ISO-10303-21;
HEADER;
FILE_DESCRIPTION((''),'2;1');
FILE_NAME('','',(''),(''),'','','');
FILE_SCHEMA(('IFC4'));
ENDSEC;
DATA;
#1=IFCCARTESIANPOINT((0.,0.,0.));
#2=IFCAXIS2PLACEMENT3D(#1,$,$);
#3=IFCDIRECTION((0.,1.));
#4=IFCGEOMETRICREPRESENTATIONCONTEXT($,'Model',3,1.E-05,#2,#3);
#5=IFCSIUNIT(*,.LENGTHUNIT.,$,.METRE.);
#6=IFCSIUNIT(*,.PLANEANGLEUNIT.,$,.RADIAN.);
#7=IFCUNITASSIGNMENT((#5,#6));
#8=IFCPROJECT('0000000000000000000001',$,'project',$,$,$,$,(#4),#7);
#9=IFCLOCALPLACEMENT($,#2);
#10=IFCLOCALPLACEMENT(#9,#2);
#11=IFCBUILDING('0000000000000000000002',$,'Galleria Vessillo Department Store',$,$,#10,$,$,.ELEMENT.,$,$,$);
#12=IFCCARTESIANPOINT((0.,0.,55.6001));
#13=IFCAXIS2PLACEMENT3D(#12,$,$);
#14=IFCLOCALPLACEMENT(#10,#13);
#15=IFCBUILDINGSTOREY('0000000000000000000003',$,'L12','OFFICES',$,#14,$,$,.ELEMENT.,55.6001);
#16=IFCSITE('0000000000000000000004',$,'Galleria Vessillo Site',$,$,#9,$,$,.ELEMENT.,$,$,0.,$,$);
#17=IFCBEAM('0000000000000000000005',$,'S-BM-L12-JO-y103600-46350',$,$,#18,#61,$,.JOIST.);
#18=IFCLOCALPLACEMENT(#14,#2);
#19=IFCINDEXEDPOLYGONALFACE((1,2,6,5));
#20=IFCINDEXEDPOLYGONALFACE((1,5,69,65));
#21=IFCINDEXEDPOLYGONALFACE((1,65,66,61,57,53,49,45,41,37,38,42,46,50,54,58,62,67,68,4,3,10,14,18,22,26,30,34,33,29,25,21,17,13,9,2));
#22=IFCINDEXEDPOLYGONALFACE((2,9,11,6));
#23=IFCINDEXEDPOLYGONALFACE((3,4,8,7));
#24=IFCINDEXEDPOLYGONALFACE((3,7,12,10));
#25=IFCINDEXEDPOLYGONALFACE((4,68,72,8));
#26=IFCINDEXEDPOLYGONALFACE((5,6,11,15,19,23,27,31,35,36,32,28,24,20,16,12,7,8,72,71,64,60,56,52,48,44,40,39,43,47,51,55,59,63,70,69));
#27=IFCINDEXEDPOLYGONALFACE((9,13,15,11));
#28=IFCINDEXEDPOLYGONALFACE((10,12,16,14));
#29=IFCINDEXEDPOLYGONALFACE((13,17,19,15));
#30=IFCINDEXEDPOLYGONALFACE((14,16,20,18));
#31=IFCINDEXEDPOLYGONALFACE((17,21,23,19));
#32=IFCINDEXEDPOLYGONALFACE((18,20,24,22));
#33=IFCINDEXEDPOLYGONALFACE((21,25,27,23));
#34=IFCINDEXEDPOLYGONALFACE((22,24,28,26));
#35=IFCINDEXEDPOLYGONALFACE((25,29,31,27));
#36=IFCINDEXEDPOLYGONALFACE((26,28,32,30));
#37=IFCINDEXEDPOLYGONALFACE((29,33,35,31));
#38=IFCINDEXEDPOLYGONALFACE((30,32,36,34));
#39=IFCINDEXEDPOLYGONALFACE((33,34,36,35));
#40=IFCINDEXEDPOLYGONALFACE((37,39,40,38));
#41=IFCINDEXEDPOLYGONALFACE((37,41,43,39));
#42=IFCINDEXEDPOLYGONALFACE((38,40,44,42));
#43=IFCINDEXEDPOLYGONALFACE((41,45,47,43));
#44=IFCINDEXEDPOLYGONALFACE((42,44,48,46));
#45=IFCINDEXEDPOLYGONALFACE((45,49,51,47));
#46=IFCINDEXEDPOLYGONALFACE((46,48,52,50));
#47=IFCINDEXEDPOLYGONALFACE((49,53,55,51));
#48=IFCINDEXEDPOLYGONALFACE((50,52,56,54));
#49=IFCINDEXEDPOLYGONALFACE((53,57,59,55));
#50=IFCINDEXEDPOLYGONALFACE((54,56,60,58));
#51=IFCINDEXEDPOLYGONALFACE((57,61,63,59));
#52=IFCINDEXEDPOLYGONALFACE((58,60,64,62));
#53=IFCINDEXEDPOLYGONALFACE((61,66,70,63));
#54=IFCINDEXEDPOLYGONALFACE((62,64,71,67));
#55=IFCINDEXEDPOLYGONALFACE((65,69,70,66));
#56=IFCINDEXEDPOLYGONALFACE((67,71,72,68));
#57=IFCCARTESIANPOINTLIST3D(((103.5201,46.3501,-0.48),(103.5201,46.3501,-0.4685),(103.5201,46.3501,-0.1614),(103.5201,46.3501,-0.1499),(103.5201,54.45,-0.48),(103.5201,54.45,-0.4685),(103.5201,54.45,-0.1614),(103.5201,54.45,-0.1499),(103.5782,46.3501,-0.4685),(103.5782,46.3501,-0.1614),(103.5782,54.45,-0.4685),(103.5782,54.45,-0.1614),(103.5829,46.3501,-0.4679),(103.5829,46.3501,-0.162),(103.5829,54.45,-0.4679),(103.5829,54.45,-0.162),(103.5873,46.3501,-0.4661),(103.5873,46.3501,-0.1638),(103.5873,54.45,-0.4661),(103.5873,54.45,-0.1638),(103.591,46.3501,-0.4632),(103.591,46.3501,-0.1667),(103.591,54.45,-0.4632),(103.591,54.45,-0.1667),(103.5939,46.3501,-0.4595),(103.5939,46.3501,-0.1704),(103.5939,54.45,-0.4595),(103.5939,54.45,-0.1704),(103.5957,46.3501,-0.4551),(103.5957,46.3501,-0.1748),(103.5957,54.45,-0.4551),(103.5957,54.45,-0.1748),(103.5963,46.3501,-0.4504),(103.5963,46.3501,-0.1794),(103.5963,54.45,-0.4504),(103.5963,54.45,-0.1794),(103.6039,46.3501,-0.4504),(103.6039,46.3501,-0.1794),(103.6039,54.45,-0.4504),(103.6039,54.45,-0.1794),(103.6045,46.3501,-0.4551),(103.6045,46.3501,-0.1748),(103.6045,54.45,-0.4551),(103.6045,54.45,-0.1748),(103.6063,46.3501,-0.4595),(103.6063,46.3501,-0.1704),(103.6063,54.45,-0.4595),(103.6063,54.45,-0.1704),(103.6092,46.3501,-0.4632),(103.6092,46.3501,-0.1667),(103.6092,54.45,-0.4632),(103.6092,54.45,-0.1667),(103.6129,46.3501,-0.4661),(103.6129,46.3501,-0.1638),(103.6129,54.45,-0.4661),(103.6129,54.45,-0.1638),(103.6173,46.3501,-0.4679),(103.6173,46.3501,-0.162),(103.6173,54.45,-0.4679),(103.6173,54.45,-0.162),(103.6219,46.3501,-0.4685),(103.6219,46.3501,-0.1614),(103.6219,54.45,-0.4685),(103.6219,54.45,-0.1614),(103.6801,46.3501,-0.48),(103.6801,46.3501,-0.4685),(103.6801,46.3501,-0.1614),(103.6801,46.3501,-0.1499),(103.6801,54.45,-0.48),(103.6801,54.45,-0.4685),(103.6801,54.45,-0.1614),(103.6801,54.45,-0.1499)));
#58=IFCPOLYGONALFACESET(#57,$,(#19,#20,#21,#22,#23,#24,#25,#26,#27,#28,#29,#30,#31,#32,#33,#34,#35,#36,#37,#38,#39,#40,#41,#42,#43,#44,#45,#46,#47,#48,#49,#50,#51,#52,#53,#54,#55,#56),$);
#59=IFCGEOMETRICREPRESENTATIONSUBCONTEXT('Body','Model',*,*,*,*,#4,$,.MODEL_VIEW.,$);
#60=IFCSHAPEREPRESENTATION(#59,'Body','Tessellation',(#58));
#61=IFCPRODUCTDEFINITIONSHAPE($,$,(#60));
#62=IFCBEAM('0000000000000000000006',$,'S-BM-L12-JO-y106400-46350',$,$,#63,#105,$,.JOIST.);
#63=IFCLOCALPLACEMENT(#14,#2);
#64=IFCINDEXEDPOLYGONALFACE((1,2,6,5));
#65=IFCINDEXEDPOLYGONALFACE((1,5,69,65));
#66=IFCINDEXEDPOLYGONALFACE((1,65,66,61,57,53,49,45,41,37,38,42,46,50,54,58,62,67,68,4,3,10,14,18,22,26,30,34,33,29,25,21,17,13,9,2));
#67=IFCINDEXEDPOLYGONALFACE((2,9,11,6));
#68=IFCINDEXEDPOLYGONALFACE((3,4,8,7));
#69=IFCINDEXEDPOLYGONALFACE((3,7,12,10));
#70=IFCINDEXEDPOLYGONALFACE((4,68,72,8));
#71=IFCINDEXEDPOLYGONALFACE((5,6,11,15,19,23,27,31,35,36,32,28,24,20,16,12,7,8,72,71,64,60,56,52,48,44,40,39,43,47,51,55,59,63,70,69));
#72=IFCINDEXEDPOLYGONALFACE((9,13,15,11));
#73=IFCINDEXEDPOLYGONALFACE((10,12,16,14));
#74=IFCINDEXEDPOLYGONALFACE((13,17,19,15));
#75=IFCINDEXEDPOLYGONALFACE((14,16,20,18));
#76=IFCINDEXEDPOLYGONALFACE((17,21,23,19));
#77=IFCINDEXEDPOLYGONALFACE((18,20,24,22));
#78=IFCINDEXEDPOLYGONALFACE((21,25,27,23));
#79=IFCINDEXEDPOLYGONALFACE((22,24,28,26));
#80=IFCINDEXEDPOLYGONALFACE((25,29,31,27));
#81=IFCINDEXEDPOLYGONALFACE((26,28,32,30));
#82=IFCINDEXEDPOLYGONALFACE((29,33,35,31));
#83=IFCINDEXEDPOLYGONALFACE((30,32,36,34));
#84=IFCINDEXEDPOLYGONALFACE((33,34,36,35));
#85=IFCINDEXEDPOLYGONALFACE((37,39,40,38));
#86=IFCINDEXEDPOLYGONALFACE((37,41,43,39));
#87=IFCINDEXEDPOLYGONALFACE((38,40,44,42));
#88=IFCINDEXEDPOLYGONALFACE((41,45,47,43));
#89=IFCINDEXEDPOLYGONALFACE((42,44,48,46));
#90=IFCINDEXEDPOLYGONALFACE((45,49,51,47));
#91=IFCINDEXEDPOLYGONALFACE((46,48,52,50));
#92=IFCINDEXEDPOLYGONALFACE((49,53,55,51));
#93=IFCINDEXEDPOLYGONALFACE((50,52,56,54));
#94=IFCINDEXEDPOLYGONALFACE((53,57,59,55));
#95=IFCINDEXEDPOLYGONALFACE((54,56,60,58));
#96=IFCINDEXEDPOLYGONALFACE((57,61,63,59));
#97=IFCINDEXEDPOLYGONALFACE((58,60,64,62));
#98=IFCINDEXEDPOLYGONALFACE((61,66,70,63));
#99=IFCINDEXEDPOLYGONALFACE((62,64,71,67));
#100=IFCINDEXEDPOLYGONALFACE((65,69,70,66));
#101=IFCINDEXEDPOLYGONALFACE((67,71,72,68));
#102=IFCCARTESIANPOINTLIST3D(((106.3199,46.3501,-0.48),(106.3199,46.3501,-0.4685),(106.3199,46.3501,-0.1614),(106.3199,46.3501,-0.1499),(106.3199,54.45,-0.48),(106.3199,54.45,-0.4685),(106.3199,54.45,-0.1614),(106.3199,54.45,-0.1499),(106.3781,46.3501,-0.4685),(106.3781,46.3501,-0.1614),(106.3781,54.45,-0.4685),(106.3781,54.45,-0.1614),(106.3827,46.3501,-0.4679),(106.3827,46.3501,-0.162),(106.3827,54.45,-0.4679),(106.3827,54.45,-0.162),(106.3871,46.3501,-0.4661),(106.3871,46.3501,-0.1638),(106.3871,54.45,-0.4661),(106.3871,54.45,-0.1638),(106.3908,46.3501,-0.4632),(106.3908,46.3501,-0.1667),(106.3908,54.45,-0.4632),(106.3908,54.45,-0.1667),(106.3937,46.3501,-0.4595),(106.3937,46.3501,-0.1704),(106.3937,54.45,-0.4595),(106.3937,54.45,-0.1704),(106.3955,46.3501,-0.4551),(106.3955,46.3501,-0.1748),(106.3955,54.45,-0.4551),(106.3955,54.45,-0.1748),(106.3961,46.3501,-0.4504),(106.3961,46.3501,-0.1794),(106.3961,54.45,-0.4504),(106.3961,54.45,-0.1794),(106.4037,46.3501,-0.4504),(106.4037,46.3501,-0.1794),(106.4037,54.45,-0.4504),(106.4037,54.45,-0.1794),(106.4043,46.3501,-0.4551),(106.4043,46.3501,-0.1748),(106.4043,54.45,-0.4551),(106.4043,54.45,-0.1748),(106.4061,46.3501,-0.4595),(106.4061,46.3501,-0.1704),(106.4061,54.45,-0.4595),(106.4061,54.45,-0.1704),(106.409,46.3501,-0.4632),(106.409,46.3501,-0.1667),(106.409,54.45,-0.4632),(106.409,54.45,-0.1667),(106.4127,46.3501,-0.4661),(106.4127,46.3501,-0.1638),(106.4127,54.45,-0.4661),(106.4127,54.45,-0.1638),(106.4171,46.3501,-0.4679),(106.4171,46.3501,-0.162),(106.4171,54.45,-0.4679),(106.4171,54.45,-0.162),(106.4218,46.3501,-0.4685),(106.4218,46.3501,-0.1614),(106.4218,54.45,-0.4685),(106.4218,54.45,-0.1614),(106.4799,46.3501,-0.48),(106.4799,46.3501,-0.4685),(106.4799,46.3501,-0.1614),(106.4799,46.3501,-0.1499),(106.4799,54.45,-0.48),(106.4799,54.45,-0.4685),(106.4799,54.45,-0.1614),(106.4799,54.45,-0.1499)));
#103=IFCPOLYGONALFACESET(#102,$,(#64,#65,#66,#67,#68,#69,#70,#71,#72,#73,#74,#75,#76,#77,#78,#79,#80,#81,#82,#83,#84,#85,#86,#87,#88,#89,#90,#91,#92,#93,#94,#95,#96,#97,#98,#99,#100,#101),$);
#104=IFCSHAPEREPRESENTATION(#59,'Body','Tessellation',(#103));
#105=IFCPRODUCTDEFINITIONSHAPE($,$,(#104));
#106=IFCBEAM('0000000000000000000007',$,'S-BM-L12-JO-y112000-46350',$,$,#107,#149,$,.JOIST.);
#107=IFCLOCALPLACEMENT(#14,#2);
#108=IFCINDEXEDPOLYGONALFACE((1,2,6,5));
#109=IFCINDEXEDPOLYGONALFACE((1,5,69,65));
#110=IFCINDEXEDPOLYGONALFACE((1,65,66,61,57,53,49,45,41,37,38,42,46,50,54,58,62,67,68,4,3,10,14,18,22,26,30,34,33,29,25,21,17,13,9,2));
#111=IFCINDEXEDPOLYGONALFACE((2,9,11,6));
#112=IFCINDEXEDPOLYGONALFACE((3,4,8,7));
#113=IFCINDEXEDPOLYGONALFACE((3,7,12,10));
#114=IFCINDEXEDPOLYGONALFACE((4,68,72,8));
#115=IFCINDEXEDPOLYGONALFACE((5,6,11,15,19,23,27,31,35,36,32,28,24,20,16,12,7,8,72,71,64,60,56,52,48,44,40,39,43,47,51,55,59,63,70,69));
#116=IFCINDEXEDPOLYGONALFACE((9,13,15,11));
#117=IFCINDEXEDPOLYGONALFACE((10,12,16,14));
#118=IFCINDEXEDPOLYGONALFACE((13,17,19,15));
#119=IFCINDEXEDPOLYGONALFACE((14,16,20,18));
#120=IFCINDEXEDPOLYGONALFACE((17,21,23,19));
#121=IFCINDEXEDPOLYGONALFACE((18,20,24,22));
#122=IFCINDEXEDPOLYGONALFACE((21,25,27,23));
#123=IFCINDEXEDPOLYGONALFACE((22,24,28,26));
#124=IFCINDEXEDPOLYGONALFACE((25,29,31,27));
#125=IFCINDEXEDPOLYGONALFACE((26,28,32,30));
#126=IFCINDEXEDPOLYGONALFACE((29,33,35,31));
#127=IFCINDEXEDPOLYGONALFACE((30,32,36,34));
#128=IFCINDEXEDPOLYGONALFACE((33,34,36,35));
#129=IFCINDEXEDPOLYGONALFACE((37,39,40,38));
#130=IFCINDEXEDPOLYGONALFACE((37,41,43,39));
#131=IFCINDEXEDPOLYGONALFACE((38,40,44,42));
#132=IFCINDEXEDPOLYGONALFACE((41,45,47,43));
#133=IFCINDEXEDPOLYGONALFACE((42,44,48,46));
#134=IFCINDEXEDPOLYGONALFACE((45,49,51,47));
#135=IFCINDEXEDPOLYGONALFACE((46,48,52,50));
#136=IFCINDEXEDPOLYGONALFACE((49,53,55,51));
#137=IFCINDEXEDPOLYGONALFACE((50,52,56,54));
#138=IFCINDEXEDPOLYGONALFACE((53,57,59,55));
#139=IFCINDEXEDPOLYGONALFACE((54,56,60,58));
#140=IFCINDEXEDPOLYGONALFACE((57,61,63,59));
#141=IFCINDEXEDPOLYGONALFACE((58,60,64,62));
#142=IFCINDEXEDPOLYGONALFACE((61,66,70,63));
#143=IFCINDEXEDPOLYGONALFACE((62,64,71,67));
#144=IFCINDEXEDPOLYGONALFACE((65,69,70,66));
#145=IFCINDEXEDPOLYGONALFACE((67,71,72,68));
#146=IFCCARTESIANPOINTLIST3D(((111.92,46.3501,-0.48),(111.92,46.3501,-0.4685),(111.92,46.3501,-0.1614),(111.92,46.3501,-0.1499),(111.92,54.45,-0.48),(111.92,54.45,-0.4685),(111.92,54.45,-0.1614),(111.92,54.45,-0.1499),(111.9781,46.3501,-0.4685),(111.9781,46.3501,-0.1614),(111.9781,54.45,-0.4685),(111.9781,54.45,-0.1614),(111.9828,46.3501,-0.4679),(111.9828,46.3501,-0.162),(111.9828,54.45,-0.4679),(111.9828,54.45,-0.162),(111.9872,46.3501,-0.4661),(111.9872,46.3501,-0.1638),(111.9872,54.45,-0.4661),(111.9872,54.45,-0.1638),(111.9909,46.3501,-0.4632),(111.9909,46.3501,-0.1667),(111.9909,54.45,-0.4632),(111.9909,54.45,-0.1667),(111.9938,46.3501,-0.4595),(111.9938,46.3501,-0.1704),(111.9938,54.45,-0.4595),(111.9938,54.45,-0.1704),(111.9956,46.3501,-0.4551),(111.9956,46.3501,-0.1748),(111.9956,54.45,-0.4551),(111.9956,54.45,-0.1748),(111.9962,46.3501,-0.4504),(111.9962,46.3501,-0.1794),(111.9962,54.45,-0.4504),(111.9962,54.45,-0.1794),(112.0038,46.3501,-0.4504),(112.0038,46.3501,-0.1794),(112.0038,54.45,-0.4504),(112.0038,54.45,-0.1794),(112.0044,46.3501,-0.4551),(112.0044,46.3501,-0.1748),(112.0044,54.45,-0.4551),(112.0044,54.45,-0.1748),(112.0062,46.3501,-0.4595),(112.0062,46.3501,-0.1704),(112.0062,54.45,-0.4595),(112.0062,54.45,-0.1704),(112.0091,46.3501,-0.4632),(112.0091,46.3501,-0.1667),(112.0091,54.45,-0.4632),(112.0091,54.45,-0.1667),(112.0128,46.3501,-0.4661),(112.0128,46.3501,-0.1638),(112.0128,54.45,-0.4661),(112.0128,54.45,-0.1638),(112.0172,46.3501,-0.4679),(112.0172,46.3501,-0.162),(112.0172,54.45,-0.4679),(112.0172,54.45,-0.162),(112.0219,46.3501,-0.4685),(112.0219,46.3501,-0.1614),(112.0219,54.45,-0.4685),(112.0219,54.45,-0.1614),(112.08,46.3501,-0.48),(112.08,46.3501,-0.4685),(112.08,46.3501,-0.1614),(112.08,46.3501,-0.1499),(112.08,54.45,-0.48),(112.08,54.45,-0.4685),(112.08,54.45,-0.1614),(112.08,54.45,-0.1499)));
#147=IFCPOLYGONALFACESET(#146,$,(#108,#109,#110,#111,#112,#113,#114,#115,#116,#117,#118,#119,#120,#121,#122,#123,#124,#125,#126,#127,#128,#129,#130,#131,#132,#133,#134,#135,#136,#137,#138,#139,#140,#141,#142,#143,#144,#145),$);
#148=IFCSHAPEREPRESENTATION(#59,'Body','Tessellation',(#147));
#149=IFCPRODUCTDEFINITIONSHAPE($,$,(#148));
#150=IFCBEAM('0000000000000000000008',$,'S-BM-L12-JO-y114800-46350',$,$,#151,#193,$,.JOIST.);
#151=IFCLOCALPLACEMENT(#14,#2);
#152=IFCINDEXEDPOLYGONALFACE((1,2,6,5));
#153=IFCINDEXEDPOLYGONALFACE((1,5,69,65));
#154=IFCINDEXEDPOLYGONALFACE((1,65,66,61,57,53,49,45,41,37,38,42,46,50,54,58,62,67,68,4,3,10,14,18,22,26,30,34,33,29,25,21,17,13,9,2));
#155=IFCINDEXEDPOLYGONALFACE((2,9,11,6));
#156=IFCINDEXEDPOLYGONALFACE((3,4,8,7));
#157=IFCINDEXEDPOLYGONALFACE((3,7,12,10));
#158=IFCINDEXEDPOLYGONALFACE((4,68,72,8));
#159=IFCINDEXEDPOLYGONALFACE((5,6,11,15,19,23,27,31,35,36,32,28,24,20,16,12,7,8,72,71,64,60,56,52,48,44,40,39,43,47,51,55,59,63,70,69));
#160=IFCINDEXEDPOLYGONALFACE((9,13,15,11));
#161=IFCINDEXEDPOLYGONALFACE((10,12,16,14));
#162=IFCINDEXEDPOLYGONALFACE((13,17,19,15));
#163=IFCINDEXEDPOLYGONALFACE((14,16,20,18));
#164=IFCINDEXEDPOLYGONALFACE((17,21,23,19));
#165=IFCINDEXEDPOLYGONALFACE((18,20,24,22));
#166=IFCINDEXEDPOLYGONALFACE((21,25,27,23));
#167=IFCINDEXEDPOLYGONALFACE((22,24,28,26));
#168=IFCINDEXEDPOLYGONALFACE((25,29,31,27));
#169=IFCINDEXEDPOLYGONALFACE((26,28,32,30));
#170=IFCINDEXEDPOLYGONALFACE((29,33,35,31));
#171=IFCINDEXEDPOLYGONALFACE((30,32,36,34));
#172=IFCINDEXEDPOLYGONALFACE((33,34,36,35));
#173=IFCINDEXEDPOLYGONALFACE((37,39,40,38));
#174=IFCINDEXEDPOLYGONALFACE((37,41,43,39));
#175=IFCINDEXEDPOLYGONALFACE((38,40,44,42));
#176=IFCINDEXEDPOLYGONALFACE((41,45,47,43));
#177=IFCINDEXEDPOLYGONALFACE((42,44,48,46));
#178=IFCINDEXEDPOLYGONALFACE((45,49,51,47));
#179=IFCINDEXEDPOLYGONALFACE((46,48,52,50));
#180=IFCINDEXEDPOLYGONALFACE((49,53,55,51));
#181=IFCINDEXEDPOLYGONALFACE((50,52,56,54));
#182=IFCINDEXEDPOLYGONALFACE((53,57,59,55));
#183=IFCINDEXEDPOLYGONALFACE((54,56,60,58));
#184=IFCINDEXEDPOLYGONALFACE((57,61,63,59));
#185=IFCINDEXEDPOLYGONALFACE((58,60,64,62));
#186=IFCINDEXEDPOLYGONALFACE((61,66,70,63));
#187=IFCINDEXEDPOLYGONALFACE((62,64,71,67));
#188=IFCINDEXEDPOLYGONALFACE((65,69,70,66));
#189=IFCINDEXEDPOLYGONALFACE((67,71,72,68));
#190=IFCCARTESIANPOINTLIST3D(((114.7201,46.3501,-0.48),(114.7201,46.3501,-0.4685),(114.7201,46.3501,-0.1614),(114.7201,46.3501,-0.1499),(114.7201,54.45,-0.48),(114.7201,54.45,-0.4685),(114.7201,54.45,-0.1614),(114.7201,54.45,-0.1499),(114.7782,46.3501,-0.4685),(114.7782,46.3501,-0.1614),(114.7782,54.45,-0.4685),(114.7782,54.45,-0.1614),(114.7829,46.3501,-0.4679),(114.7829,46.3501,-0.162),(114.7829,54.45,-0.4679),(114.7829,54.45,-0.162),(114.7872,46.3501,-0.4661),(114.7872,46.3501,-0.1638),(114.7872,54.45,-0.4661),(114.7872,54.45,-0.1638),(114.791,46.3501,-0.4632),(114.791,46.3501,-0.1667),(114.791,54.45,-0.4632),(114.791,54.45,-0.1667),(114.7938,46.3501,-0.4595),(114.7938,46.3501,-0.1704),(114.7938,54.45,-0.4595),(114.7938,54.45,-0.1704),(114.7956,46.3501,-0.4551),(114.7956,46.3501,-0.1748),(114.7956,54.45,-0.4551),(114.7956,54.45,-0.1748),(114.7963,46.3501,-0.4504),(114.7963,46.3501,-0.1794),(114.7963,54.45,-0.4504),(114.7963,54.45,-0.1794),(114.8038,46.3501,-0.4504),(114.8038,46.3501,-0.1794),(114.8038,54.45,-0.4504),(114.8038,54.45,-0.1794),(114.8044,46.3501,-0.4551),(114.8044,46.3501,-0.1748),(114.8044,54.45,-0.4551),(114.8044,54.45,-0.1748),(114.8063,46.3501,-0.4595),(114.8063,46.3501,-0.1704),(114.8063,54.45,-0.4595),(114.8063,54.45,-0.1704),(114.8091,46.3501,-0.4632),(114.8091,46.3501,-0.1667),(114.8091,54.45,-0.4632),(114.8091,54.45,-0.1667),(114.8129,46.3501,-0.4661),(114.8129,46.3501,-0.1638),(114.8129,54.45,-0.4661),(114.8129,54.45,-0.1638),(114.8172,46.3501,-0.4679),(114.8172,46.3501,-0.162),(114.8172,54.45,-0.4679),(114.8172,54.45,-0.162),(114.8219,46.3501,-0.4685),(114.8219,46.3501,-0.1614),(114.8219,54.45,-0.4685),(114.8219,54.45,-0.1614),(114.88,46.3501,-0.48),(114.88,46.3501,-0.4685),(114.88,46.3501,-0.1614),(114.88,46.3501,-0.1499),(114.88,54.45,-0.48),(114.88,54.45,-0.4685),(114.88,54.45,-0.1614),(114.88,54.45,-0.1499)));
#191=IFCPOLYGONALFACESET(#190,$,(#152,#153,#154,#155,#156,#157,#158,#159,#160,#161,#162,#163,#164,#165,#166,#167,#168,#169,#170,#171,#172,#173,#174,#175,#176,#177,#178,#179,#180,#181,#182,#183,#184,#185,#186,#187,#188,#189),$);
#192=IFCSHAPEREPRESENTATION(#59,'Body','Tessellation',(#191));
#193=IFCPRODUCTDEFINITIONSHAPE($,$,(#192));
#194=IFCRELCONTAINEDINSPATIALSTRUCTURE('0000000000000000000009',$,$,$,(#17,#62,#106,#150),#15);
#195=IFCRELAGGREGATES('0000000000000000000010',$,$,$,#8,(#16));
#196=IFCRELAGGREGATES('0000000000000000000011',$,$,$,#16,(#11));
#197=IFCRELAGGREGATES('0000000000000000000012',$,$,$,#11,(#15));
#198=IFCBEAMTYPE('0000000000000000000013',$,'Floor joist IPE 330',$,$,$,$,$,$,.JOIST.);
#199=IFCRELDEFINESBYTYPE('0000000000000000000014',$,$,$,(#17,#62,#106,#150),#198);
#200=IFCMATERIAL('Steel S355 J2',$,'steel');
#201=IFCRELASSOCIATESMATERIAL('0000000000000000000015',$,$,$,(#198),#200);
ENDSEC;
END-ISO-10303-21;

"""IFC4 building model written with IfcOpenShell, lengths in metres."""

from ifc_helpers import new_model, si_unit, direction, frame, origin, origin_2d, place, context, subcontext, project, spatial, i_section, extrude, material, material_profile, profile_set, type_object, element, save


model = new_model("IFC4")

# Units and contexts
model_context = context("Model", 3, precision=1e-05, world=origin(), true_north=direction((0.0, 1.0)))
body_context = subcontext(model_context, "Body", "Model", "MODEL_VIEW")
ifc_project = project(units=[si_unit("LENGTHUNIT", "METRE"), si_unit("PLANEANGLEUNIT", "RADIAN")], contexts=[model_context])

# Site, building, storey
site_placement = place(None, origin())
site = spatial("IfcSite", under=ifc_project, at=site_placement, Name="Galleria Vessillo Site", CompositionType="ELEMENT", RefElevation=0.0)
building_placement = place(site_placement, origin())
building = spatial("IfcBuilding", under=site, at=building_placement, Name="Galleria Vessillo Department Store", CompositionType="ELEMENT")
storey_placement = place(building_placement, frame((0.0, 0.0, 55.6001)))
storey = spatial("IfcBuildingStorey", under=building, at=storey_placement, Name="L12", Description="OFFICES", CompositionType="ELEMENT", Elevation=55.6001)

# Beams
ifc_material_1 = material(Name="Steel S355 J2", Category="steel")
ifc_material_profile_1 = material_profile(ifc_material_1, i_section(OverallWidth=0.1599, OverallDepth=0.3301, WebThickness=0.0076, FlangeThickness=0.0115, FilletRadius=0.0181, at=origin_2d()), Name="IPE 330")
ifc_profile_set_1 = profile_set([ifc_material_profile_1], Name="Steel S355 J2")
beam_type_1 = type_object("IfcBeamType", Name="Floor joist IPE 330", PredefinedType="JOIST", material=ifc_profile_set_1)
for number, where, z_axis, x_axis, name in (
    (1, (103.6001, 46.3501, -0.3149), (0.0, 1.0, 0.0), (-1.0, 0.0, 0.0), "S-BM-L12-JO-y103600-46350"),
    (2, (106.3999, 46.3501, -0.3149), (0.0, 1.0, 0.0), (-1.0, 0.0, 0.0), "S-BM-L12-JO-y106400-46350"),
    (3, (112.0, 46.3501, -0.3149), (0.0, 1.0, 0.0), (-1.0, 0.0, 0.0), "S-BM-L12-JO-y112000-46350"),
    (4, (114.8, 46.3501, -0.3149), (0.0, 1.0, 0.0), (-1.0, 0.0, 0.0), "S-BM-L12-JO-y114800-46350"),
):
    element("IfcBeam", number, at=place(storey_placement, frame(where, z_axis=z_axis, x_axis=x_axis)), inside=storey, type_object=beam_type_1, Name=name, PredefinedType="JOIST", context=body_context, shape_type="SweptSolid", body=[
        extrude(i_section(OverallWidth=0.1599, OverallDepth=0.3301, WebThickness=0.0076, FlangeThickness=0.0115, FilletRadius=0.0181, at=origin_2d()), origin(), (0.0, 0.0, 1.0), 8.0999),
    ])

save(model, "model.ifc")
